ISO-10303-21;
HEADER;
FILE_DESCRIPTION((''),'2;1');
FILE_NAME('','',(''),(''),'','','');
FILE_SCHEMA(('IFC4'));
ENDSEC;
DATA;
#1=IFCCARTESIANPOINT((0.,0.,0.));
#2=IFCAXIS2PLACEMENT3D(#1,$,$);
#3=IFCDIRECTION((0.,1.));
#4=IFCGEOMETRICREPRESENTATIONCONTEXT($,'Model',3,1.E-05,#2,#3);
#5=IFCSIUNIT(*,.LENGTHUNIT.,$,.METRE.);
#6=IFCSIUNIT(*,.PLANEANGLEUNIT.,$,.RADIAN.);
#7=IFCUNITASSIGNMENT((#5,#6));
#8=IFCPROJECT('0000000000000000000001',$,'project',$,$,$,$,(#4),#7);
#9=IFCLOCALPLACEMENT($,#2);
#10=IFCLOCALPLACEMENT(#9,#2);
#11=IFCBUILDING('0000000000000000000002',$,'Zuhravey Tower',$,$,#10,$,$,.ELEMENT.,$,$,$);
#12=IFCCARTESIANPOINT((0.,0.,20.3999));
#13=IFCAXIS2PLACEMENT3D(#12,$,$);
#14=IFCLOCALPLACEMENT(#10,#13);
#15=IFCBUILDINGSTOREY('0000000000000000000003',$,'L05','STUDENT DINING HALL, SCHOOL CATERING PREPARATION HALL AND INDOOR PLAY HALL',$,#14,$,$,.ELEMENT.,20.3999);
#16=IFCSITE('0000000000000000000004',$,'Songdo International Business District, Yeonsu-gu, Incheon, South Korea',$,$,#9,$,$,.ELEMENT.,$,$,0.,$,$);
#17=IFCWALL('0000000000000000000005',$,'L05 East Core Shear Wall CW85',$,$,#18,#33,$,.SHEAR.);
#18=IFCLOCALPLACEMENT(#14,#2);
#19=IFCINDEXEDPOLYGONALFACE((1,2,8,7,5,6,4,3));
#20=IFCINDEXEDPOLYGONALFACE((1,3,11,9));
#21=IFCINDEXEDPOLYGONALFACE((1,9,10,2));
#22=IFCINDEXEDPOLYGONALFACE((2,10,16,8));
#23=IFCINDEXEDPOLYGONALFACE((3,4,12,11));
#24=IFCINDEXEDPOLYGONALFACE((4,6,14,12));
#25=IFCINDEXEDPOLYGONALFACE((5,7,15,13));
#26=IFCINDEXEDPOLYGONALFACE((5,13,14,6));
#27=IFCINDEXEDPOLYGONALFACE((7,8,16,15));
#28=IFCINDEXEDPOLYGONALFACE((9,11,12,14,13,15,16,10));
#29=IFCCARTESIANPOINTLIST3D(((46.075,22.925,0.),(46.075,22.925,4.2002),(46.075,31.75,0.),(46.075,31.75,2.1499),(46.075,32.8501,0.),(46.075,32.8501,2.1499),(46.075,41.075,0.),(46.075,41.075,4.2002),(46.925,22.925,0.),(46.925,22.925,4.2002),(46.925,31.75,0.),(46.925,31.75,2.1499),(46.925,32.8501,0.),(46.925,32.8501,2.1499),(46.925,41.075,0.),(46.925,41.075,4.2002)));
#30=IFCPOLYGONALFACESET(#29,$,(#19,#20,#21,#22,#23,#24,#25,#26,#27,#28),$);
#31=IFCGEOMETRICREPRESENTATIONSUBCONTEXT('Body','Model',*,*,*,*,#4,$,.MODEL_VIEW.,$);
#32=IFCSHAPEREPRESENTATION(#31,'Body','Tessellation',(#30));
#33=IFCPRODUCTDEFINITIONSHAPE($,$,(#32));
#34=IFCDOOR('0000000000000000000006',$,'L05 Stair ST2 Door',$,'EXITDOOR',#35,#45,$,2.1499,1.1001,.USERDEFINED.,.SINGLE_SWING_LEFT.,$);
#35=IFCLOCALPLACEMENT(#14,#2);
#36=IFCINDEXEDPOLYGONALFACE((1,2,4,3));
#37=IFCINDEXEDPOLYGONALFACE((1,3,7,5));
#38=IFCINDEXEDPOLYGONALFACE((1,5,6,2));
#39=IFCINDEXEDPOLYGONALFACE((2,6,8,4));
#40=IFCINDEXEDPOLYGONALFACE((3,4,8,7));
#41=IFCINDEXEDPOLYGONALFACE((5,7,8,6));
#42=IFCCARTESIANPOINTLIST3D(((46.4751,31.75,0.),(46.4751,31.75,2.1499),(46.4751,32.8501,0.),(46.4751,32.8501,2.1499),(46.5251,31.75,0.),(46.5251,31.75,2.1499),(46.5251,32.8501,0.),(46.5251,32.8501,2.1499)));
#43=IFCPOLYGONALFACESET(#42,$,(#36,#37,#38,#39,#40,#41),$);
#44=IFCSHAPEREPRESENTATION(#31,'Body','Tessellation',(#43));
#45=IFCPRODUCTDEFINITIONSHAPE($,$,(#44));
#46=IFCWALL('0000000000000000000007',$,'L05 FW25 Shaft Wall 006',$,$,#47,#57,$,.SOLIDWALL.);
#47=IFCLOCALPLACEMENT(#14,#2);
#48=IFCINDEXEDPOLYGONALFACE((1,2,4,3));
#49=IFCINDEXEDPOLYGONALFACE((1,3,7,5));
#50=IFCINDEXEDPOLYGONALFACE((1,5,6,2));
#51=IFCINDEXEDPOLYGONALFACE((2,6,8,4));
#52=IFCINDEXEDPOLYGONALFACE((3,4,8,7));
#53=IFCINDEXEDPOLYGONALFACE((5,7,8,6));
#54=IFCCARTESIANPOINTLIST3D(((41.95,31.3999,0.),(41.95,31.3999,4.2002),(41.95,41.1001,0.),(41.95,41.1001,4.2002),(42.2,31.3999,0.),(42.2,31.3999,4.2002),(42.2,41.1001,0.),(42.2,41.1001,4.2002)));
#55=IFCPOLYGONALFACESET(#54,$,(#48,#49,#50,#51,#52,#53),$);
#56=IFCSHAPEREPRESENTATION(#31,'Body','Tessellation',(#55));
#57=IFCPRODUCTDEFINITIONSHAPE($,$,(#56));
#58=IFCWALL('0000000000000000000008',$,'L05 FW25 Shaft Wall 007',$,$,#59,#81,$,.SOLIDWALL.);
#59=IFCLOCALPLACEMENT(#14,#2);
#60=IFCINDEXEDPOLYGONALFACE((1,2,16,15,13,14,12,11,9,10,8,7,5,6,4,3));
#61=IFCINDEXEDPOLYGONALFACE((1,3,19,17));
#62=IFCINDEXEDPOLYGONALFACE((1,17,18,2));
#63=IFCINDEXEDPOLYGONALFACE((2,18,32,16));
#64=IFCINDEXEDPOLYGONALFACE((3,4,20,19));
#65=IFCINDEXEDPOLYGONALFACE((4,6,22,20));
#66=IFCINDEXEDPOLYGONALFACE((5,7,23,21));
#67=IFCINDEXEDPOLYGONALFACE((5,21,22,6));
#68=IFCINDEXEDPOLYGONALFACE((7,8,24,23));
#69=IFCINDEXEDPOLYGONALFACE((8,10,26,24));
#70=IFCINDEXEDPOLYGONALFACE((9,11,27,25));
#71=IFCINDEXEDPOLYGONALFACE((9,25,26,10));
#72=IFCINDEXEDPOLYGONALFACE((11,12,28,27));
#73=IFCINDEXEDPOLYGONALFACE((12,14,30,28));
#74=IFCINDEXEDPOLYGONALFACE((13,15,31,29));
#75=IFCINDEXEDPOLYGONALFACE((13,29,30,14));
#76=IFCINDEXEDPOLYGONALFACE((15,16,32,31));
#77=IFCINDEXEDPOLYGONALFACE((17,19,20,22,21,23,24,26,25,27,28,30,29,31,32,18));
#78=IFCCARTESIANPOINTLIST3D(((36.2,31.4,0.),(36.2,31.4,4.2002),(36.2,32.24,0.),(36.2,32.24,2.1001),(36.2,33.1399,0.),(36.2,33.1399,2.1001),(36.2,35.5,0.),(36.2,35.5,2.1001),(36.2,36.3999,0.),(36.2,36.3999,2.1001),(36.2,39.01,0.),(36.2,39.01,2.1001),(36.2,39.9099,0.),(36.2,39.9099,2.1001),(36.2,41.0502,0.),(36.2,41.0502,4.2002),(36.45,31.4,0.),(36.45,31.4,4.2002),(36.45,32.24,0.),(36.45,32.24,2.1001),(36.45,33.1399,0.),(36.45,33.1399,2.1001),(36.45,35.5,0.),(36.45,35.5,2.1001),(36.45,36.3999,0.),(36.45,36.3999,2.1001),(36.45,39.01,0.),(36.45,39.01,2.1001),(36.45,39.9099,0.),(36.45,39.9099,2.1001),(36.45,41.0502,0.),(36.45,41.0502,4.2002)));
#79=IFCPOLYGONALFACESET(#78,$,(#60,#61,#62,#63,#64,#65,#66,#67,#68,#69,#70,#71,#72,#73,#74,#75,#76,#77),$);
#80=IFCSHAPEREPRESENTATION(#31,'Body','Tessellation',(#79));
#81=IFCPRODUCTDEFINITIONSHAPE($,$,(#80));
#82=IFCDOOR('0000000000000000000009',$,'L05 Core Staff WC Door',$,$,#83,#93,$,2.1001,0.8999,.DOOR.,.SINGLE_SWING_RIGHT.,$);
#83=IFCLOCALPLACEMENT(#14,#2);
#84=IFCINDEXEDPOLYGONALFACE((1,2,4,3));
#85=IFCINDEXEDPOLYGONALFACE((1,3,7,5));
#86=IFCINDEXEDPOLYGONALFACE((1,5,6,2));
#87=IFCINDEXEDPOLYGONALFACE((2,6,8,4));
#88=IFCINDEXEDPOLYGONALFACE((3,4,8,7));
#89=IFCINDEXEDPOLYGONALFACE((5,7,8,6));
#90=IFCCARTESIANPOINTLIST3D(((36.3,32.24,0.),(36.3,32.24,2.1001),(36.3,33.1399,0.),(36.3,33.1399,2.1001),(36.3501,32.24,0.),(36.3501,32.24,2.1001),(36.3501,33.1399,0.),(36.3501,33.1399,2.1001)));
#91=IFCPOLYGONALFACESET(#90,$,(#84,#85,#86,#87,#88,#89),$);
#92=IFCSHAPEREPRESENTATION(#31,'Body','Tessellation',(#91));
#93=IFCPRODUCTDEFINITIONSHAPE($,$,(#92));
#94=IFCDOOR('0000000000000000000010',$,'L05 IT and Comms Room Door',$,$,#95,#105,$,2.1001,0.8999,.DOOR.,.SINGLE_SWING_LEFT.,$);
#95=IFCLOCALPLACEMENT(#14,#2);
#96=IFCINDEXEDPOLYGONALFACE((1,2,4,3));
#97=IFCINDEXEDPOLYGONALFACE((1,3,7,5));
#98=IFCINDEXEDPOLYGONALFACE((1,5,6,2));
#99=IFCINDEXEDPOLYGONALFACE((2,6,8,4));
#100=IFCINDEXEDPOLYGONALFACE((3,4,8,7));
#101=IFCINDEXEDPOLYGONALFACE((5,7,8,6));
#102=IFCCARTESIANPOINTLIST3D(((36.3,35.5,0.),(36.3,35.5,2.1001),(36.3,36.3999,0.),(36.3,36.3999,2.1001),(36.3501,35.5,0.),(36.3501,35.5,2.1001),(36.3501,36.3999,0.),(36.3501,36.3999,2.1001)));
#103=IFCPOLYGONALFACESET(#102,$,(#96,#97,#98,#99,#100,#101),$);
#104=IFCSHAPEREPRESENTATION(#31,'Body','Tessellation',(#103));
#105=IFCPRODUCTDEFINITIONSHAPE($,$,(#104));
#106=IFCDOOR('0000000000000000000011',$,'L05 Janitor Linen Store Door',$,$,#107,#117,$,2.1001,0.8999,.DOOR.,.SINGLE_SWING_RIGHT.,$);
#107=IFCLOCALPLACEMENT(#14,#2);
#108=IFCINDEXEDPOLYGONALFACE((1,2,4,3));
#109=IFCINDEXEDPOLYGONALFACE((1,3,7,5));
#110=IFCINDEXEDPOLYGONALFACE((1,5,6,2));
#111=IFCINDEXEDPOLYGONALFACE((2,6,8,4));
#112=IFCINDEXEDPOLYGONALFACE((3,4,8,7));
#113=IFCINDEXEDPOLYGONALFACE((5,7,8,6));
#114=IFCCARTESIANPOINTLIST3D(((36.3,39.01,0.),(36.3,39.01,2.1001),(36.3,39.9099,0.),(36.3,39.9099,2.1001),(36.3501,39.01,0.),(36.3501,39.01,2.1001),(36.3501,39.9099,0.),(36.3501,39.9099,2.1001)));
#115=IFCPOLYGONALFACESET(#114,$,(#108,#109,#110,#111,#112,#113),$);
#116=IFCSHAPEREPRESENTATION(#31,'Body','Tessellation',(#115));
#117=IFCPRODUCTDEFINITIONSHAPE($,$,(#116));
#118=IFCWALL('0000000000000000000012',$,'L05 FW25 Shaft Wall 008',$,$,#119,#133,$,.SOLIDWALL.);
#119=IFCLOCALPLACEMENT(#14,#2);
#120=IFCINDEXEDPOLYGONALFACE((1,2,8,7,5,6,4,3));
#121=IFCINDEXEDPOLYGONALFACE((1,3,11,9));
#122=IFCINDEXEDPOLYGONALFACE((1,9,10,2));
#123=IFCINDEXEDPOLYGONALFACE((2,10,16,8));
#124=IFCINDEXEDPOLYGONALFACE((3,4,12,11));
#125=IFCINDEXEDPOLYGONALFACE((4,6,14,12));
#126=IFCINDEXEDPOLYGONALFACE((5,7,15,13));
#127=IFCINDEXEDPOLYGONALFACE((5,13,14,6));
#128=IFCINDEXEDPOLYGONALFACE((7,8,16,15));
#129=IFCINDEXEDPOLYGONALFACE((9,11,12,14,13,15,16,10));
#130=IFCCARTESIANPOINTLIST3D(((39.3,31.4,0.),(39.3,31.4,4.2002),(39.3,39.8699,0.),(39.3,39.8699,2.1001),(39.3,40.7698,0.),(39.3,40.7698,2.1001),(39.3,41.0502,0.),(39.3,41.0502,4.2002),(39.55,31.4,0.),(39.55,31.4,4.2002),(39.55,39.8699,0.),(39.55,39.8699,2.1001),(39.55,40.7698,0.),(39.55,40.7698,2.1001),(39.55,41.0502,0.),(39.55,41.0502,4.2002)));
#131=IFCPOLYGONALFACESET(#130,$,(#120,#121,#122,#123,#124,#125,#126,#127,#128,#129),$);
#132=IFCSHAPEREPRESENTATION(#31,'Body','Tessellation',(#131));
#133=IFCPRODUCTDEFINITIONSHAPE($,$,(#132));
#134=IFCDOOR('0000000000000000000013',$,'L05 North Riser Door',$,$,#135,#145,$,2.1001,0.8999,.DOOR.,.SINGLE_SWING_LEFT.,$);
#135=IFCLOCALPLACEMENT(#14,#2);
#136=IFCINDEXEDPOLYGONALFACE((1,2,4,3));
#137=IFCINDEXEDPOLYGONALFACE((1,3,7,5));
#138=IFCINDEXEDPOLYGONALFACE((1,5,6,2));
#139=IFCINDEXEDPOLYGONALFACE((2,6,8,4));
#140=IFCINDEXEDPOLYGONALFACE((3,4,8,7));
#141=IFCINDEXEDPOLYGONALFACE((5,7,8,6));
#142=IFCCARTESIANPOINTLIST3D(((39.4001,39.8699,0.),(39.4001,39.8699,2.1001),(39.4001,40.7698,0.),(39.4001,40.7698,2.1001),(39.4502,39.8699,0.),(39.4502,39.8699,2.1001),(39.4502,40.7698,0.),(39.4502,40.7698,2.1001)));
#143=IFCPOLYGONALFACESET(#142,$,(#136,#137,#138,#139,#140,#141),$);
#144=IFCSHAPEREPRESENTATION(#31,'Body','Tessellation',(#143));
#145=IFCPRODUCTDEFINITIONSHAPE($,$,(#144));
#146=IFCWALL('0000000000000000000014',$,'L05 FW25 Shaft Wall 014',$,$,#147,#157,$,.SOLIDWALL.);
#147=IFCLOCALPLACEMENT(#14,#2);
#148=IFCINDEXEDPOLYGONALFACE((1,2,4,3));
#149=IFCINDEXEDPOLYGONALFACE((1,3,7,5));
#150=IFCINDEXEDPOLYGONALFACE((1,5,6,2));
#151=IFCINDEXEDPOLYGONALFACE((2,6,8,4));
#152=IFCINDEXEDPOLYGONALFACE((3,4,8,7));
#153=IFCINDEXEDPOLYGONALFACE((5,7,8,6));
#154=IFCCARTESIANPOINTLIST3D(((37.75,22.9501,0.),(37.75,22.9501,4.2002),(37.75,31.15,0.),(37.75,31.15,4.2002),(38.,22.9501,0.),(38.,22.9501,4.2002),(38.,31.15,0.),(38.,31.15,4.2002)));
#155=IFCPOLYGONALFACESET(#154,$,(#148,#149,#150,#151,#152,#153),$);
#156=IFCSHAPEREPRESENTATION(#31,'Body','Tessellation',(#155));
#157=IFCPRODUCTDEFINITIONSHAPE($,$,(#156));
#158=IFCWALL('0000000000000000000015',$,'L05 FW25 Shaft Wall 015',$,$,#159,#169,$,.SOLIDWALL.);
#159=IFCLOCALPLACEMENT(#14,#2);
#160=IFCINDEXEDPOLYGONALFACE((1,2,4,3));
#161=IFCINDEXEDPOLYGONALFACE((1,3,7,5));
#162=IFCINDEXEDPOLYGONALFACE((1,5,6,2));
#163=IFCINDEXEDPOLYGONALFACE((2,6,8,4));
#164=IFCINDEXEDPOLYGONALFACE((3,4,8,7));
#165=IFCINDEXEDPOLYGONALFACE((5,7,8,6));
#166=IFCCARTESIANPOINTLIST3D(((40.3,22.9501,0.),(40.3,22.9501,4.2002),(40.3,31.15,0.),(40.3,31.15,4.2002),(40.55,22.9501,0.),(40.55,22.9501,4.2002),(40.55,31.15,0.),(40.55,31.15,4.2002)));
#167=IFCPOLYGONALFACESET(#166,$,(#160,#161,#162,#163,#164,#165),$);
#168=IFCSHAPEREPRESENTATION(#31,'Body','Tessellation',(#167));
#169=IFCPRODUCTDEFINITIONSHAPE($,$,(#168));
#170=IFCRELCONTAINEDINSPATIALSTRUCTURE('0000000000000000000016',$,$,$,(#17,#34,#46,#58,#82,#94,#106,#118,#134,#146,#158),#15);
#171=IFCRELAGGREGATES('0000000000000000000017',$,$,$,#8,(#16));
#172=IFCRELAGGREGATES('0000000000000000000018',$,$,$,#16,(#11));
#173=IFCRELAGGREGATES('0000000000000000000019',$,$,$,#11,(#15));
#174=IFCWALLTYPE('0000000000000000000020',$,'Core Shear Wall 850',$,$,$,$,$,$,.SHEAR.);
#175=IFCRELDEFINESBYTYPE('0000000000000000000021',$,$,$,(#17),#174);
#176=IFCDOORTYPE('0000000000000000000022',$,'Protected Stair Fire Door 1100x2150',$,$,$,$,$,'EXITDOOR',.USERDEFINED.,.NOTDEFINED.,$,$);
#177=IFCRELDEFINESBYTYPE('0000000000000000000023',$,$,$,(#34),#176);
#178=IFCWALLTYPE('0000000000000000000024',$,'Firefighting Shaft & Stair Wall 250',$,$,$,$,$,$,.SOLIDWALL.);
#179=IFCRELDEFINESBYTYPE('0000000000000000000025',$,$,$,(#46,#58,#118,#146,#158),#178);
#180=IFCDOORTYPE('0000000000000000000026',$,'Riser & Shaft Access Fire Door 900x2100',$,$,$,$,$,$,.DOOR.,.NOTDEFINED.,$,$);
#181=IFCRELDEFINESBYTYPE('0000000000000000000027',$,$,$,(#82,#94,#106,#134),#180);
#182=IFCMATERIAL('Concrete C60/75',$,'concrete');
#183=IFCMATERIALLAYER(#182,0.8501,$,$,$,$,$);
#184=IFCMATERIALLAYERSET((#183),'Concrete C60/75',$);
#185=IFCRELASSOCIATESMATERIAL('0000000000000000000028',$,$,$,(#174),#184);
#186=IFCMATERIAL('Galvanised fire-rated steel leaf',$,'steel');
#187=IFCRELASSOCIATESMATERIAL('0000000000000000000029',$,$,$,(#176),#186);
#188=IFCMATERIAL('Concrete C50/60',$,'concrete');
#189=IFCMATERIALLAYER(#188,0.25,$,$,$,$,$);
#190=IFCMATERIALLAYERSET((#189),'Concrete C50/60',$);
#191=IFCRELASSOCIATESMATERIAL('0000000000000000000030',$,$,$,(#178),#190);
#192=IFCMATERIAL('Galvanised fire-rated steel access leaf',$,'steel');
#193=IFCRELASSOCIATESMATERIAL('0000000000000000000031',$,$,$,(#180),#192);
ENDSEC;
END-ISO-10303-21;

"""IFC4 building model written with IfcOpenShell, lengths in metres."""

from ifc_helpers import new_model, si_unit, direction, frame, frame_2d, origin, place, context, subcontext, project, spatial, rectangle, extrude, material, layer, layer_set, type_object, element, fill, save


model = new_model("IFC4")

# Units and contexts
model_context = context("Model", 3, precision=1e-05, world=origin(), true_north=direction((0.0, 1.0)))
body_context = subcontext(model_context, "Body", "Model", "MODEL_VIEW")
ifc_project = project(units=[si_unit("LENGTHUNIT", "METRE"), si_unit("PLANEANGLEUNIT", "RADIAN")], contexts=[model_context])

# Site, building, storey
site_placement = place(None, origin())
site = spatial("IfcSite", under=ifc_project, at=site_placement, Name="Songdo International Business District, Yeonsu-gu, Incheon, South Korea", CompositionType="ELEMENT", RefElevation=0.0)
building_placement = place(site_placement, origin())
building = spatial("IfcBuilding", under=site, at=building_placement, Name="Zuhravey Tower", CompositionType="ELEMENT")
storey_placement = place(building_placement, frame((0.0, 0.0, 20.3999)))
storey = spatial("IfcBuildingStorey", under=building, at=storey_placement, Name="L05", Description="STUDENT DINING HALL, SCHOOL CATERING PREPARATION HALL AND INDOOR PLAY HALL", CompositionType="ELEMENT", Elevation=20.3999)

# Wall, opening, door
ifc_material_1 = material(Name="Concrete C60/75", Category="concrete")
ifc_layer_1 = layer(ifc_material_1, 0.8501)
ifc_layer_set_1 = layer_set([ifc_layer_1], Name="Concrete C60/75")
wall_type_1 = type_object("IfcWallType", Name="Core Shear Wall 850", PredefinedType="SHEAR", material=ifc_layer_set_1)
wall_1_placement = place(storey_placement, frame((46.5, 22.925, 0.0), z_axis=(0.0, 0.0, 1.0), x_axis=(0.0, 1.0, 0.0)))
wall_1 = element("IfcWall", 1, at=wall_1_placement, inside=storey, type_object=wall_type_1, Name="L05 East Core Shear Wall CW85", PredefinedType="SHEAR", context=body_context, shape_type="SweptSolid", body=[
    extrude(rectangle(XDim=18.1499, YDim=0.8501, at=frame_2d((9.075, 0.0))), origin(), (0.0, 0.0, 1.0), 4.2002),
])
opening_1_placement = place(wall_1_placement, frame((8.825, 0.0, 0.0)))
opening_1 = element("IfcOpeningElement", 2, at=opening_1_placement, cuts=wall_1, PredefinedType="OPENING", context=body_context, shape_type="SweptSolid", body=[
    extrude(rectangle(XDim=1.1001, YDim=2.1499, at=frame_2d((0.55, 1.075))), frame((0.0, 0.437, 0.0), z_axis=(0.0, -1.0, 0.0), x_axis=(1.0, 0.0, 0.0)), (0.0, 0.0, 1.0), 0.874),
])
ifc_material_2 = material(Name="Galvanised fire-rated steel leaf", Category="steel")
door_type_1 = type_object("IfcDoorType", Name="Protected Stair Fire Door 1100x2150", ElementType="EXITDOOR", OperationType="NOTDEFINED", PredefinedType="USERDEFINED", material=ifc_material_2)
door_1_placement = place(opening_1_placement, origin())
door_1 = element("IfcDoor", 3, at=door_1_placement, inside=storey, type_object=door_type_1, Name="L05 Stair ST2 Door", ObjectType="EXITDOOR", OperationType="SINGLE_SWING_LEFT", OverallHeight=2.1499, OverallWidth=1.1001, PredefinedType="USERDEFINED", context=body_context, shape_type="SweptSolid", body=[
    extrude(rectangle(XDim=1.1001, YDim=2.1499, at=frame_2d((0.55, 1.075))), frame((0.0, 0.0249, 0.0), z_axis=(0.0, -1.0, 0.0), x_axis=(1.0, 0.0, 0.0)), (0.0, 0.0, 1.0), 0.05),
])
fill(opening_1, door_1)

# Wall
ifc_material_3 = material(Name="Concrete C50/60", Category="concrete")
ifc_layer_2 = layer(ifc_material_3, 0.25)
ifc_layer_set_2 = layer_set([ifc_layer_2], Name="Concrete C50/60")
wall_type_2 = type_object("IfcWallType", Name="Firefighting Shaft & Stair Wall 250", PredefinedType="SOLIDWALL", material=ifc_layer_set_2)
wall_2_placement = place(storey_placement, frame((42.075, 31.3999, 0.0), z_axis=(0.0, 0.0, 1.0), x_axis=(0.0, 1.0, 0.0)))
element("IfcWall", 4, at=wall_2_placement, inside=storey, type_object=wall_type_2, Name="L05 FW25 Shaft Wall 006", PredefinedType="SOLIDWALL", context=body_context, shape_type="SweptSolid", body=[
    extrude(rectangle(XDim=9.7002, YDim=0.25, at=frame_2d((4.8501, 0.0))), origin(), (0.0, 0.0, 1.0), 4.2002),
])

# Wall, openings, doors
wall_3_placement = place(storey_placement, frame((36.325, 31.3999, 0.0), z_axis=(0.0, 0.0, 1.0), x_axis=(0.0, 1.0, 0.0)))
wall_3 = element("IfcWall", 5, at=wall_3_placement, inside=storey, type_object=wall_type_2, Name="L05 FW25 Shaft Wall 007", PredefinedType="SOLIDWALL", context=body_context, shape_type="SweptSolid", body=[
    extrude(rectangle(XDim=9.6501, YDim=0.25, at=frame_2d((4.8252, 0.0))), origin(), (0.0, 0.0, 1.0), 4.2002),
])
opening_2_placement = place(wall_3_placement, frame((0.8401, 0.0, 0.0)))
opening_2 = element("IfcOpeningElement", 6, at=opening_2_placement, cuts=wall_3, PredefinedType="OPENING", context=body_context, shape_type="SweptSolid", body=[
    extrude(rectangle(XDim=0.8999, YDim=2.1001, at=frame_2d((0.45, 1.05))), frame((0.0, 0.137, 0.0), z_axis=(0.0, -1.0, 0.0), x_axis=(1.0, 0.0, 0.0)), (0.0, 0.0, 1.0), 0.2739),
])
opening_3_placement = place(wall_3_placement, frame((4.1001, 0.0, 0.0)))
opening_3 = element("IfcOpeningElement", 7, at=opening_3_placement, cuts=wall_3, PredefinedType="OPENING", context=body_context, shape_type="SweptSolid", body=[
    extrude(rectangle(XDim=0.8999, YDim=2.1001, at=frame_2d((0.45, 1.05))), frame((0.0, 0.137, 0.0), z_axis=(0.0, -1.0, 0.0), x_axis=(1.0, 0.0, 0.0)), (0.0, 0.0, 1.0), 0.2739),
])
opening_4_placement = place(wall_3_placement, frame((7.6101, 0.0, 0.0)))
opening_4 = element("IfcOpeningElement", 8, at=opening_4_placement, cuts=wall_3, PredefinedType="OPENING", context=body_context, shape_type="SweptSolid", body=[
    extrude(rectangle(XDim=0.8999, YDim=2.1001, at=frame_2d((0.45, 1.05))), frame((0.0, 0.137, 0.0), z_axis=(0.0, -1.0, 0.0), x_axis=(1.0, 0.0, 0.0)), (0.0, 0.0, 1.0), 0.2739),
])
ifc_material_4 = material(Name="Galvanised fire-rated steel access leaf", Category="steel")
door_type_2 = type_object("IfcDoorType", Name="Riser & Shaft Access Fire Door 900x2100", OperationType="NOTDEFINED", PredefinedType="DOOR", material=ifc_material_4)
door_2_placement = place(opening_2_placement, origin())
door_2 = element("IfcDoor", 9, at=door_2_placement, inside=storey, type_object=door_type_2, Name="L05 Core Staff WC Door", OperationType="SINGLE_SWING_RIGHT", OverallHeight=2.1001, OverallWidth=0.8999, PredefinedType="DOOR", context=body_context, shape_type="SweptSolid", body=[
    extrude(rectangle(XDim=0.8999, YDim=2.1001, at=frame_2d((0.45, 1.05))), frame((0.0, 0.0249, 0.0), z_axis=(0.0, -1.0, 0.0), x_axis=(1.0, 0.0, 0.0)), (0.0, 0.0, 1.0), 0.05),
])
fill(opening_2, door_2)
door_3_placement = place(opening_3_placement, origin())
door_3 = element("IfcDoor", 10, at=door_3_placement, inside=storey, type_object=door_type_2, Name="L05 IT and Comms Room Door", OperationType="SINGLE_SWING_LEFT", OverallHeight=2.1001, OverallWidth=0.8999, PredefinedType="DOOR", context=body_context, shape_type="SweptSolid", body=[
    extrude(rectangle(XDim=0.8999, YDim=2.1001, at=frame_2d((0.45, 1.05))), frame((0.0, 0.0249, 0.0), z_axis=(0.0, -1.0, 0.0), x_axis=(1.0, 0.0, 0.0)), (0.0, 0.0, 1.0), 0.05),
])
fill(opening_3, door_3)
door_4_placement = place(opening_4_placement, origin())
door_4 = element("IfcDoor", 11, at=door_4_placement, inside=storey, type_object=door_type_2, Name="L05 Janitor Linen Store Door", OperationType="SINGLE_SWING_RIGHT", OverallHeight=2.1001, OverallWidth=0.8999, PredefinedType="DOOR", context=body_context, shape_type="SweptSolid", body=[
    extrude(rectangle(XDim=0.8999, YDim=2.1001, at=frame_2d((0.45, 1.05))), frame((0.0, 0.0249, 0.0), z_axis=(0.0, -1.0, 0.0), x_axis=(1.0, 0.0, 0.0)), (0.0, 0.0, 1.0), 0.05),
])
fill(opening_4, door_4)

# Wall, opening, door
wall_4_placement = place(storey_placement, frame((39.425, 31.3999, 0.0), z_axis=(0.0, 0.0, 1.0), x_axis=(0.0, 1.0, 0.0)))
wall_4 = element("IfcWall", 12, at=wall_4_placement, inside=storey, type_object=wall_type_2, Name="L05 FW25 Shaft Wall 008", PredefinedType="SOLIDWALL", context=body_context, shape_type="SweptSolid", body=[
    extrude(rectangle(XDim=9.6501, YDim=0.25, at=frame_2d((4.8252, 0.0))), origin(), (0.0, 0.0, 1.0), 4.2002),
])
opening_5_placement = place(wall_4_placement, frame((8.47, 0.0, 0.0)))
opening_5 = element("IfcOpeningElement", 13, at=opening_5_placement, cuts=wall_4, PredefinedType="OPENING", context=body_context, shape_type="SweptSolid", body=[
    extrude(rectangle(XDim=0.8999, YDim=2.1001, at=frame_2d((0.45, 1.05))), frame((0.0, 0.137, 0.0), z_axis=(0.0, -1.0, 0.0), x_axis=(1.0, 0.0, 0.0)), (0.0, 0.0, 1.0), 0.2739),
])
door_5_placement = place(opening_5_placement, origin())
door_5 = element("IfcDoor", 14, at=door_5_placement, inside=storey, type_object=door_type_2, Name="L05 North Riser Door", OperationType="SINGLE_SWING_LEFT", OverallHeight=2.1001, OverallWidth=0.8999, PredefinedType="DOOR", context=body_context, shape_type="SweptSolid", body=[
    extrude(rectangle(XDim=0.8999, YDim=2.1001, at=frame_2d((0.45, 1.05))), frame((0.0, 0.0249, 0.0), z_axis=(0.0, -1.0, 0.0), x_axis=(1.0, 0.0, 0.0)), (0.0, 0.0, 1.0), 0.05),
])
fill(opening_5, door_5)

# Walls
for number, where, z_axis, x_axis, name in (
    (15, (37.875, 22.95, 0.0), (0.0, 0.0, 1.0), (0.0, 1.0, 0.0), "L05 FW25 Shaft Wall 014"),
    (16, (40.425, 22.95, 0.0), (0.0, 0.0, 1.0), (0.0, 1.0, 0.0), "L05 FW25 Shaft Wall 015"),
):
    element("IfcWall", number, at=place(storey_placement, frame(where, z_axis=z_axis, x_axis=x_axis)), inside=storey, type_object=wall_type_2, Name=name, PredefinedType="SOLIDWALL", context=body_context, shape_type="SweptSolid", body=[
        extrude(rectangle(XDim=8.2, YDim=0.25, at=frame_2d((4.1001, 0.0))), origin(), (0.0, 0.0, 1.0), 4.2002),
    ])

save(model, "model.ifc")
